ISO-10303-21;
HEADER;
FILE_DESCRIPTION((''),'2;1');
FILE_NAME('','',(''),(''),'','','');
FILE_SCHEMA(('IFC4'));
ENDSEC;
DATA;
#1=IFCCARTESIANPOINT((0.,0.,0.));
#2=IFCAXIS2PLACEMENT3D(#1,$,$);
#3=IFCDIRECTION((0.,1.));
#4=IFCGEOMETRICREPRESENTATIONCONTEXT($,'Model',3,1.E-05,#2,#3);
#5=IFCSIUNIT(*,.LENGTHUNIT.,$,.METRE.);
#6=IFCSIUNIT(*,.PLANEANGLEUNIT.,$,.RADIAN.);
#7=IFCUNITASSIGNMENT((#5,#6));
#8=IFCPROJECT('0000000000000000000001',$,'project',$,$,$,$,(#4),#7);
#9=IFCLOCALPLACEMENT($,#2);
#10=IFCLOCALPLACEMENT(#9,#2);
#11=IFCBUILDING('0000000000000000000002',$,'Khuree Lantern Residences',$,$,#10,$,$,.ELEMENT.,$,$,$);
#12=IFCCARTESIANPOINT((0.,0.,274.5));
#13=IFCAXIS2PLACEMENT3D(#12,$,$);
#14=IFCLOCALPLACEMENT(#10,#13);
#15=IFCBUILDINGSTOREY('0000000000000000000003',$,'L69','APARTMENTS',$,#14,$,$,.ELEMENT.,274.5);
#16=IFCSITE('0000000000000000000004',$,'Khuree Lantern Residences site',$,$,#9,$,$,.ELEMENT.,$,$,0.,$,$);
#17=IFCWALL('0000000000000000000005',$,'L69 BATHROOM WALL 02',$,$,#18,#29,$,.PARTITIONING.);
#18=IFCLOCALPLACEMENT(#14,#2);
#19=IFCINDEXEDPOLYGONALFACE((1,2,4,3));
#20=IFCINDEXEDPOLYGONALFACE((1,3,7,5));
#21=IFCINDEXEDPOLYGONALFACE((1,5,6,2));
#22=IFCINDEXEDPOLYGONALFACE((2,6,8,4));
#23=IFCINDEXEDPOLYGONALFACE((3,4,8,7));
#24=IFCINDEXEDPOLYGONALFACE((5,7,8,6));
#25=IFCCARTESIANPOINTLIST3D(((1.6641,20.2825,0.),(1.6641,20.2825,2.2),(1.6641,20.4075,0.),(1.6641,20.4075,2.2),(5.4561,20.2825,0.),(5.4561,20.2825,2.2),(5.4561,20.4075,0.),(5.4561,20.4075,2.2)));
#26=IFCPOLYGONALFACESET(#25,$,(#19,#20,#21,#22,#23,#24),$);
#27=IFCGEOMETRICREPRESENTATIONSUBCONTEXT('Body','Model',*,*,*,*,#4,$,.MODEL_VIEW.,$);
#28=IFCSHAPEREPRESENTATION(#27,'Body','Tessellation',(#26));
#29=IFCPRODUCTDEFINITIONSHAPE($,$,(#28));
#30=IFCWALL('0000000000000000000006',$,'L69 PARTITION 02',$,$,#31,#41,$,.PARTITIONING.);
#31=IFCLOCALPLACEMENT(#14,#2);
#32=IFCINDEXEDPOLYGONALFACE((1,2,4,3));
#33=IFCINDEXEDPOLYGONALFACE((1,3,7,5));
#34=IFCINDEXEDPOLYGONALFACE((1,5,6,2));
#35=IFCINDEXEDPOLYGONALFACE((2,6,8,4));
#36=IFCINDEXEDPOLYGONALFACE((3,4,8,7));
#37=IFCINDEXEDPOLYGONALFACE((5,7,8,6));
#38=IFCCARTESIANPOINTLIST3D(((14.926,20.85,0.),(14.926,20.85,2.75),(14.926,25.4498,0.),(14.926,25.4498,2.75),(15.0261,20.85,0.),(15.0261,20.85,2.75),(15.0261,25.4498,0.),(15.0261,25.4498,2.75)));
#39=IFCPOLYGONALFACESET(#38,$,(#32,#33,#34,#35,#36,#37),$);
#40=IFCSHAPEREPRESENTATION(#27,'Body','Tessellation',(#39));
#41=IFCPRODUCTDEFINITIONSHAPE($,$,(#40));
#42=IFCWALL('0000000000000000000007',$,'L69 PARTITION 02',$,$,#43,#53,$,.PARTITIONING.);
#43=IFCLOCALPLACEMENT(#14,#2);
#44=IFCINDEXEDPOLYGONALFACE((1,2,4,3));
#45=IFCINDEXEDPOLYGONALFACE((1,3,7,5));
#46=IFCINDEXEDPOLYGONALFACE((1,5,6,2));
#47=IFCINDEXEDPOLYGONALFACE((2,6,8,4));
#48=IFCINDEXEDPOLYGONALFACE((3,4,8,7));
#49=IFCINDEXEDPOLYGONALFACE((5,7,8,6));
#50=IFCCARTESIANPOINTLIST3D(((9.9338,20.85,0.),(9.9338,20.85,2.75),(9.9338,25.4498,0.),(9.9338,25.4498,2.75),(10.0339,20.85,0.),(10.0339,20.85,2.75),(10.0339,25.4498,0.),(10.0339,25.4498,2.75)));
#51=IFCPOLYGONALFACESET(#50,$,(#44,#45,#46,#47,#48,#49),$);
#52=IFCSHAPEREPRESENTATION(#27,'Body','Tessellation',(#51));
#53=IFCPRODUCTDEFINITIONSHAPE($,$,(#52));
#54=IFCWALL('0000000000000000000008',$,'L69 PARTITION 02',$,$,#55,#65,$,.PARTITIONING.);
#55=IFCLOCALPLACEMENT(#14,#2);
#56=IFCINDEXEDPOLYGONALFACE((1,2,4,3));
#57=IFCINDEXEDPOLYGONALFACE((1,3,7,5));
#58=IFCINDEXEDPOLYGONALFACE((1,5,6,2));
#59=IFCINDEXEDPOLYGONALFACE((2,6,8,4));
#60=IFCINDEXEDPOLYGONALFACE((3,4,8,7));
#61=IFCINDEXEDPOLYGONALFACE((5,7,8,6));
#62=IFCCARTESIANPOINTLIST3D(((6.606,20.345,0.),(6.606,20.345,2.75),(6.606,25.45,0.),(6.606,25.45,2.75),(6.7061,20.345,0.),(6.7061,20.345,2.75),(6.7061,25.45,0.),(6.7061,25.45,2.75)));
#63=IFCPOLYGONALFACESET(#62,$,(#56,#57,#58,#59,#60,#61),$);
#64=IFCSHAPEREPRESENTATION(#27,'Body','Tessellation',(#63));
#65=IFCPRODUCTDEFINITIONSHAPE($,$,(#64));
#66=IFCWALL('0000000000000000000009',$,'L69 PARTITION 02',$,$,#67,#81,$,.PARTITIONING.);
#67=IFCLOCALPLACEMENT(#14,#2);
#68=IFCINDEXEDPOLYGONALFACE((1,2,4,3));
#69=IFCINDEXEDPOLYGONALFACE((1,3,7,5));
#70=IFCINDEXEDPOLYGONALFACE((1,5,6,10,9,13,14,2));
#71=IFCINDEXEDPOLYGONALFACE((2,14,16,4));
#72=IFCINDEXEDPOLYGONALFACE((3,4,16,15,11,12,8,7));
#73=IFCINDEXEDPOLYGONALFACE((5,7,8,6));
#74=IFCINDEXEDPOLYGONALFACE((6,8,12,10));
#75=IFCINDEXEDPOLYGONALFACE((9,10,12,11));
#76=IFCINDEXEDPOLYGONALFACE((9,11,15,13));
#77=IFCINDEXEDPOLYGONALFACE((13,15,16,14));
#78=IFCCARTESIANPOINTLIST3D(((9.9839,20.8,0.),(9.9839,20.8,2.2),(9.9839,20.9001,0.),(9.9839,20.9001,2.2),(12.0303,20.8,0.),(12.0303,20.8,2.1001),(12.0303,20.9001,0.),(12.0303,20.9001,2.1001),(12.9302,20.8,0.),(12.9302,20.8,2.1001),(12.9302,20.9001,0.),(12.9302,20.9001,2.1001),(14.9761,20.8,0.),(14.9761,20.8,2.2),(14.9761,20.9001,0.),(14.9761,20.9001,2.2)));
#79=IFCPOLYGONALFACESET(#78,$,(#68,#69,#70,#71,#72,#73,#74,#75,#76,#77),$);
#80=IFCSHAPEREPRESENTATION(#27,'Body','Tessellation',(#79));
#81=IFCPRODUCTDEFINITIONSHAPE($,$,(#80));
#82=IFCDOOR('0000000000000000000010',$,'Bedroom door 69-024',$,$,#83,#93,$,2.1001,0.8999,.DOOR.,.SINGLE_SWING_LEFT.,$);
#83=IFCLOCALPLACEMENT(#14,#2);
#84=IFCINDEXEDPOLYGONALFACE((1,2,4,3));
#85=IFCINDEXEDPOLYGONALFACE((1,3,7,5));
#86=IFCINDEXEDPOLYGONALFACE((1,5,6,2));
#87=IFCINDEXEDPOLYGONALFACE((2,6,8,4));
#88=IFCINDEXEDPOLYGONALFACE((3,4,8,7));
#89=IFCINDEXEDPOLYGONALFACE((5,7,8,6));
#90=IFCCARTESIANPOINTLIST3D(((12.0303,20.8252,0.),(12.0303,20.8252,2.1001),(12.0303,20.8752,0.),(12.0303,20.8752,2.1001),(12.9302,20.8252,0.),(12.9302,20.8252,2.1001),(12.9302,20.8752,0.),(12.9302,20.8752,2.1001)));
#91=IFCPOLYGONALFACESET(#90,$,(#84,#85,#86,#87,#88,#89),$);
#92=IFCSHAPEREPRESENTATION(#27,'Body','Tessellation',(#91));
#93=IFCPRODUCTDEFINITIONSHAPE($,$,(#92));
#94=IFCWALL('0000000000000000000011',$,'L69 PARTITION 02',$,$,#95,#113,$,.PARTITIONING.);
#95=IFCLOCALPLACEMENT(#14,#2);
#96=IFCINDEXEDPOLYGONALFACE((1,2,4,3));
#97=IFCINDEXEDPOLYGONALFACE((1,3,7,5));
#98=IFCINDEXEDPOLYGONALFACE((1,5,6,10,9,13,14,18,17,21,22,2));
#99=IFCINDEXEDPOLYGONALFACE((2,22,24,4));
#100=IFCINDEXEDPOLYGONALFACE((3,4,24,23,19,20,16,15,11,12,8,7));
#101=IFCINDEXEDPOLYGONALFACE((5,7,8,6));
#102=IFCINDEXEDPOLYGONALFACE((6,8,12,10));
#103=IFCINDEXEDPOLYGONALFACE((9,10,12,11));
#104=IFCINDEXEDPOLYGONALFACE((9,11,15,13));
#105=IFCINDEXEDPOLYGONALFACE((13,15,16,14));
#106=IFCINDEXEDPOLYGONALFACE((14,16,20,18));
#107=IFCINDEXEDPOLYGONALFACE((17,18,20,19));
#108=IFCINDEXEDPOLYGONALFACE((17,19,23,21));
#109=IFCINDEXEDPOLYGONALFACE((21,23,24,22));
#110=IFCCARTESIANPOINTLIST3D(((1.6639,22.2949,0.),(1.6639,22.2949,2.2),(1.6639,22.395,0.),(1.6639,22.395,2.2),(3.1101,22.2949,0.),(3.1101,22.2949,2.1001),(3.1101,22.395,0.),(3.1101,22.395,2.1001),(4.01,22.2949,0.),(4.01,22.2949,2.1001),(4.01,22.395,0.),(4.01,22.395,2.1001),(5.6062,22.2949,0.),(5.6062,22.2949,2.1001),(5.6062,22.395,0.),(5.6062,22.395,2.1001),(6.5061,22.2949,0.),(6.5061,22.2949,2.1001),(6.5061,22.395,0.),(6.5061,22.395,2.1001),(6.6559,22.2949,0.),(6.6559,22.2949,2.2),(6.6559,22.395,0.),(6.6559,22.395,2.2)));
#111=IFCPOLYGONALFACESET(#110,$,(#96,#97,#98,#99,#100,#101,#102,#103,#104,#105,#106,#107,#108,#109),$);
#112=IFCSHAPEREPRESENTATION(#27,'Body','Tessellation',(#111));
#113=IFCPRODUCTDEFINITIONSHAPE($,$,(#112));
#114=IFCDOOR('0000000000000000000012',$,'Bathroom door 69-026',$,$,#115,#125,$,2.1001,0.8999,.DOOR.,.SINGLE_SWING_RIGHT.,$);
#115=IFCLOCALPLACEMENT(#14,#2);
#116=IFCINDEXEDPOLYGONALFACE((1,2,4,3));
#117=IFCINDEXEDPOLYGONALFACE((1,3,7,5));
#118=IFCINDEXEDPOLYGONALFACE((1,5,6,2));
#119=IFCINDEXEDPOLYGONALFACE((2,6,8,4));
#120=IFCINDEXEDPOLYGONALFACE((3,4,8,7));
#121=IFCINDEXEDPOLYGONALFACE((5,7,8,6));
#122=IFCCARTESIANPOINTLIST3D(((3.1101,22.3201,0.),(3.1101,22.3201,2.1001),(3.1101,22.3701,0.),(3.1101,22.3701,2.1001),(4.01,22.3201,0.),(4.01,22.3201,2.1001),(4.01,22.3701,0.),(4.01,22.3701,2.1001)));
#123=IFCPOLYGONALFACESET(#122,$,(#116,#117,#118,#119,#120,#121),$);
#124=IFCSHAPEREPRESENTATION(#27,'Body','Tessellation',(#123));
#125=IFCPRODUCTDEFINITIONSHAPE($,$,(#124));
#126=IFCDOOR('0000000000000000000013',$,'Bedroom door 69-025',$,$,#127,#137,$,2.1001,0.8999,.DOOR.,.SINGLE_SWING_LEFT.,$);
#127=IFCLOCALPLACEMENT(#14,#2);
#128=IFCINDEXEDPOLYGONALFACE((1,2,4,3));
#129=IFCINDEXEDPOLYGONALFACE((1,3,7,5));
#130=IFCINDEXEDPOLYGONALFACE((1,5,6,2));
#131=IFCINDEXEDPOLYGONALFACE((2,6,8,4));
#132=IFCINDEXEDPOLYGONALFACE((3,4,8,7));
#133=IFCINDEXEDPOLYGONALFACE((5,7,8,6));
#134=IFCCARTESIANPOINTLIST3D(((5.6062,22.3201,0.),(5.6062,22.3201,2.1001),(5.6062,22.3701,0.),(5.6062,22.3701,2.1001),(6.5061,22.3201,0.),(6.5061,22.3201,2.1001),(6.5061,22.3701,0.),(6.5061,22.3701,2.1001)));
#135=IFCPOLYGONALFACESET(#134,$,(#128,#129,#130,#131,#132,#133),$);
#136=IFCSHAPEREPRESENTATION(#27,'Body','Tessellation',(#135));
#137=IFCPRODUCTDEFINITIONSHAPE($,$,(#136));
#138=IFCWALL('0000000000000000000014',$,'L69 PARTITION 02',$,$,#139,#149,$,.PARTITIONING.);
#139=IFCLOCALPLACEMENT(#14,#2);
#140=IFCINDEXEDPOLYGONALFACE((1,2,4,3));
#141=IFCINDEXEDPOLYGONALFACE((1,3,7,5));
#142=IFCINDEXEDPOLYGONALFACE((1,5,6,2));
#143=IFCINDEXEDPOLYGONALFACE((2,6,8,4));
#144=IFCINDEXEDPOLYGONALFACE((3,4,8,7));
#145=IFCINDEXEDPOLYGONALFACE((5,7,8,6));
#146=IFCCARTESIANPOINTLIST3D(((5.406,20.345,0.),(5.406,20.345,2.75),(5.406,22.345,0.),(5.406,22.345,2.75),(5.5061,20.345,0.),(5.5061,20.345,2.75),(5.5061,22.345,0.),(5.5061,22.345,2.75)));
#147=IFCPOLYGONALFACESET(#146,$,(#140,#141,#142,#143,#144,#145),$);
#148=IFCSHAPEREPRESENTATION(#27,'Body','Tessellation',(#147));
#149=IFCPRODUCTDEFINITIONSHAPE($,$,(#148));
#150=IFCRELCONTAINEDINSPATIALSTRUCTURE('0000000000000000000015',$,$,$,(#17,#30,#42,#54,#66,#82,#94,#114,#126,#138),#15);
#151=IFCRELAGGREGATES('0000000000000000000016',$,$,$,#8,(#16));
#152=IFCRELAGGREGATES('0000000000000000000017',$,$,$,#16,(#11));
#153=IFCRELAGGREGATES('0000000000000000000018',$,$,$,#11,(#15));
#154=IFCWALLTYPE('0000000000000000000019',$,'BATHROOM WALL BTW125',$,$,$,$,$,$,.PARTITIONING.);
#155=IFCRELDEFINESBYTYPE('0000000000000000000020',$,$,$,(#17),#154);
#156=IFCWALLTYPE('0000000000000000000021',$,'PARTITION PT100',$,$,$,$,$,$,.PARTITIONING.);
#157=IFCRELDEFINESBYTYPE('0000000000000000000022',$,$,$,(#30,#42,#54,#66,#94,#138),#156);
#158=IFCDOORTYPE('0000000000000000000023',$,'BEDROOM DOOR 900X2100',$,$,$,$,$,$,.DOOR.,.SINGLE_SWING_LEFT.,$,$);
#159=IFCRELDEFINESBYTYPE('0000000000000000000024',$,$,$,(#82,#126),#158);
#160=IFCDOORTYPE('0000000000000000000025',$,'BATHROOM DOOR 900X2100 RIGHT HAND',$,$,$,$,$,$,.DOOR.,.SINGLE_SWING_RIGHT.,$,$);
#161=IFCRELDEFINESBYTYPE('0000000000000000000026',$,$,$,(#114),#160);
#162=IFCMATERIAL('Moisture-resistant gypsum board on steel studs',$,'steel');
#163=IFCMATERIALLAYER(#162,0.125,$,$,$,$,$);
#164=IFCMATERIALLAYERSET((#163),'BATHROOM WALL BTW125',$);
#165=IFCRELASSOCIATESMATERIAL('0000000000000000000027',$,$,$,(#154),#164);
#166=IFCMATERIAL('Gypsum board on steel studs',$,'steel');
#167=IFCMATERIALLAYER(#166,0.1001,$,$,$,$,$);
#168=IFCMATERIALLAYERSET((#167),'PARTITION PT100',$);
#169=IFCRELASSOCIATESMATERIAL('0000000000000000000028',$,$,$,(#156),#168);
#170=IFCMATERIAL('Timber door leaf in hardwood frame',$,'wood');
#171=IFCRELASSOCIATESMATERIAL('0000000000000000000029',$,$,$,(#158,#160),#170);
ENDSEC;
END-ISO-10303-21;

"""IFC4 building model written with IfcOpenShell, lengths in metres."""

from ifc_helpers import new_model, si_unit, direction, frame, frame_2d, origin, place, context, subcontext, project, spatial, rectangle, extrude, material, layer, layer_set, type_object, element, fill, save


model = new_model("IFC4")

# Units and contexts
model_context = context("Model", 3, precision=1e-05, world=origin(), true_north=direction((0.0, 1.0)))
body_context = subcontext(model_context, "Body", "Model", "MODEL_VIEW")
ifc_project = project(units=[si_unit("LENGTHUNIT", "METRE"), si_unit("PLANEANGLEUNIT", "RADIAN")], contexts=[model_context])

# Site, building, storey
site_placement = place(None, origin())
site = spatial("IfcSite", under=ifc_project, at=site_placement, Name="Khuree Lantern Residences site", CompositionType="ELEMENT", RefElevation=0.0)
building_placement = place(site_placement, origin())
building = spatial("IfcBuilding", under=site, at=building_placement, Name="Khuree Lantern Residences", CompositionType="ELEMENT")
storey_placement = place(building_placement, frame((0.0, 0.0, 274.5)))
storey = spatial("IfcBuildingStorey", under=building, at=storey_placement, Name="L69", Description="APARTMENTS", CompositionType="ELEMENT", Elevation=274.5)

# Walls
ifc_material_1 = material(Name="Moisture-resistant gypsum board on steel studs", Category="steel")
ifc_layer_1 = layer(ifc_material_1, 0.125)
ifc_layer_set_1 = layer_set([ifc_layer_1], Name="BATHROOM WALL BTW125")
wall_type_1 = type_object("IfcWallType", Name="BATHROOM WALL BTW125", PredefinedType="PARTITIONING", material=ifc_layer_set_1)
wall_1_placement = place(storey_placement, frame((5.4561, 20.345, 0.0), z_axis=(0.0, 0.0, 1.0), x_axis=(-1.0, 0.0, 0.0)))
element("IfcWall", 1, at=wall_1_placement, inside=storey, type_object=wall_type_1, Name="L69 BATHROOM WALL 02", PredefinedType="PARTITIONING", context=body_context, shape_type="SweptSolid", body=[
    extrude(rectangle(XDim=3.792, YDim=0.125, at=frame_2d((1.896, 0.0))), origin(), (0.0, 0.0, 1.0), 2.2),
])
ifc_material_2 = material(Name="Gypsum board on steel studs", Category="steel")
ifc_layer_2 = layer(ifc_material_2, 0.1001)
ifc_layer_set_2 = layer_set([ifc_layer_2], Name="PARTITION PT100")
wall_type_2 = type_object("IfcWallType", Name="PARTITION PT100", PredefinedType="PARTITIONING", material=ifc_layer_set_2)
for number, where, z_axis, x_axis, name in (
    (2, (14.9761, 20.8501, 0.0), (0.0, 0.0, 1.0), (0.0, 1.0, 0.0), "L69 PARTITION 02"),
    (3, (9.9839, 20.8501, 0.0), (0.0, 0.0, 1.0), (0.0, 1.0, 0.0), "L69 PARTITION 02"),
):
    element("IfcWall", number, at=place(storey_placement, frame(where, z_axis=z_axis, x_axis=x_axis)), inside=storey, type_object=wall_type_2, Name=name, PredefinedType="PARTITIONING", context=body_context, shape_type="SweptSolid", body=[
        extrude(rectangle(XDim=4.5999, YDim=0.1001, at=frame_2d((2.2998, 0.0))), origin(), (0.0, 0.0, 1.0), 2.75),
    ])
wall_2_placement = place(storey_placement, frame((6.656, 20.345, 0.0), z_axis=(0.0, 0.0, 1.0), x_axis=(0.0, 1.0, 0.0)))
element("IfcWall", 4, at=wall_2_placement, inside=storey, type_object=wall_type_2, Name="L69 PARTITION 02", PredefinedType="PARTITIONING", context=body_context, shape_type="SweptSolid", body=[
    extrude(rectangle(XDim=5.105, YDim=0.1001, at=frame_2d((2.5525, 0.0))), origin(), (0.0, 0.0, 1.0), 2.75),
])

# Wall, opening, door
wall_3_placement = place(storey_placement, frame((14.9761, 20.8501, 0.0), z_axis=(0.0, 0.0, 1.0), x_axis=(-1.0, 0.0, 0.0)))
wall_3 = element("IfcWall", 5, at=wall_3_placement, inside=storey, type_object=wall_type_2, Name="L69 PARTITION 02", PredefinedType="PARTITIONING", context=body_context, shape_type="SweptSolid", body=[
    extrude(rectangle(XDim=4.9922, YDim=0.1001, at=frame_2d((2.4961, 0.0))), origin(), (0.0, 0.0, 1.0), 2.2),
])
opening_1_placement = place(wall_3_placement, frame((2.0459, 0.0, 0.0)))
opening_1 = element("IfcOpeningElement", 6, at=opening_1_placement, cuts=wall_3, PredefinedType="OPENING", context=body_context, shape_type="SweptSolid", body=[
    extrude(rectangle(XDim=0.8999, YDim=2.1001, at=frame_2d((0.45, 1.05))), frame((0.0, 0.0601, 0.0), z_axis=(0.0, -1.0, 0.0), x_axis=(1.0, 0.0, 0.0)), (0.0, 0.0, 1.0), 0.1201),
])
ifc_material_3 = material(Name="Timber door leaf in hardwood frame", Category="wood")
door_type_1 = type_object("IfcDoorType", Name="BEDROOM DOOR 900X2100", OperationType="SINGLE_SWING_LEFT", PredefinedType="DOOR", material=ifc_material_3)
door_1_placement = place(opening_1_placement, origin())
door_1 = element("IfcDoor", 7, at=door_1_placement, inside=storey, type_object=door_type_1, Name="Bedroom door 69-024", OperationType="SINGLE_SWING_LEFT", OverallHeight=2.1001, OverallWidth=0.8999, PredefinedType="DOOR", context=body_context, shape_type="SweptSolid", body=[
    extrude(rectangle(XDim=0.8999, YDim=2.1001, at=frame_2d((0.45, 1.05))), frame((0.0, 0.0249, 0.0), z_axis=(0.0, -1.0, 0.0), x_axis=(1.0, 0.0, 0.0)), (0.0, 0.0, 1.0), 0.05),
])
fill(opening_1, door_1)

# Wall, openings, doors
wall_4_placement = place(storey_placement, frame((6.656, 22.345, 0.0), z_axis=(0.0, 0.0, 1.0), x_axis=(-1.0, 0.0, 0.0)))
wall_4 = element("IfcWall", 8, at=wall_4_placement, inside=storey, type_object=wall_type_2, Name="L69 PARTITION 02", PredefinedType="PARTITIONING", context=body_context, shape_type="SweptSolid", body=[
    extrude(rectangle(XDim=4.9919, YDim=0.1001, at=frame_2d((2.4961, 0.0))), origin(), (0.0, 0.0, 1.0), 2.2),
])
opening_2_placement = place(wall_4_placement, frame((0.1499, 0.0, 0.0)))
opening_2 = element("IfcOpeningElement", 9, at=opening_2_placement, cuts=wall_4, PredefinedType="OPENING", context=body_context, shape_type="SweptSolid", body=[
    extrude(rectangle(XDim=0.8999, YDim=2.1001, at=frame_2d((0.45, 1.05))), frame((0.0, 0.0601, 0.0), z_axis=(0.0, -1.0, 0.0), x_axis=(1.0, 0.0, 0.0)), (0.0, 0.0, 1.0), 0.1201),
])
opening_3_placement = place(wall_4_placement, frame((2.646, 0.0, 0.0)))
opening_3 = element("IfcOpeningElement", 10, at=opening_3_placement, cuts=wall_4, PredefinedType="OPENING", context=body_context, shape_type="SweptSolid", body=[
    extrude(rectangle(XDim=0.8999, YDim=2.1001, at=frame_2d((0.45, 1.05))), frame((0.0, 0.0601, 0.0), z_axis=(0.0, -1.0, 0.0), x_axis=(1.0, 0.0, 0.0)), (0.0, 0.0, 1.0), 0.1201),
])
door_type_2 = type_object("IfcDoorType", Name="BATHROOM DOOR 900X2100 RIGHT HAND", OperationType="SINGLE_SWING_RIGHT", PredefinedType="DOOR", material=ifc_material_3)
door_2_placement = place(opening_3_placement, origin())
door_2 = element("IfcDoor", 11, at=door_2_placement, inside=storey, type_object=door_type_2, Name="Bathroom door 69-026", OperationType="SINGLE_SWING_RIGHT", OverallHeight=2.1001, OverallWidth=0.8999, PredefinedType="DOOR", context=body_context, shape_type="SweptSolid", body=[
    extrude(rectangle(XDim=0.8999, YDim=2.1001, at=frame_2d((0.45, 1.05))), frame((0.0, 0.0249, 0.0), z_axis=(0.0, -1.0, 0.0), x_axis=(1.0, 0.0, 0.0)), (0.0, 0.0, 1.0), 0.05),
])
fill(opening_3, door_2)
door_3_placement = place(opening_2_placement, origin())
door_3 = element("IfcDoor", 12, at=door_3_placement, inside=storey, type_object=door_type_1, Name="Bedroom door 69-025", OperationType="SINGLE_SWING_LEFT", OverallHeight=2.1001, OverallWidth=0.8999, PredefinedType="DOOR", context=body_context, shape_type="SweptSolid", body=[
    extrude(rectangle(XDim=0.8999, YDim=2.1001, at=frame_2d((0.45, 1.05))), frame((0.0, 0.0249, 0.0), z_axis=(0.0, -1.0, 0.0), x_axis=(1.0, 0.0, 0.0)), (0.0, 0.0, 1.0), 0.05),
])
fill(opening_2, door_3)

# Wall
wall_5_placement = place(storey_placement, frame((5.4561, 20.345, 0.0), z_axis=(0.0, 0.0, 1.0), x_axis=(0.0, 1.0, 0.0)))
element("IfcWall", 13, at=wall_5_placement, inside=storey, type_object=wall_type_2, Name="L69 PARTITION 02", PredefinedType="PARTITIONING", context=body_context, shape_type="SweptSolid", body=[
    extrude(rectangle(XDim=2.0, YDim=0.1001, at=frame_2d((1.0, 0.0))), origin(), (0.0, 0.0, 1.0), 2.75),
])

save(model, "model.ifc")
